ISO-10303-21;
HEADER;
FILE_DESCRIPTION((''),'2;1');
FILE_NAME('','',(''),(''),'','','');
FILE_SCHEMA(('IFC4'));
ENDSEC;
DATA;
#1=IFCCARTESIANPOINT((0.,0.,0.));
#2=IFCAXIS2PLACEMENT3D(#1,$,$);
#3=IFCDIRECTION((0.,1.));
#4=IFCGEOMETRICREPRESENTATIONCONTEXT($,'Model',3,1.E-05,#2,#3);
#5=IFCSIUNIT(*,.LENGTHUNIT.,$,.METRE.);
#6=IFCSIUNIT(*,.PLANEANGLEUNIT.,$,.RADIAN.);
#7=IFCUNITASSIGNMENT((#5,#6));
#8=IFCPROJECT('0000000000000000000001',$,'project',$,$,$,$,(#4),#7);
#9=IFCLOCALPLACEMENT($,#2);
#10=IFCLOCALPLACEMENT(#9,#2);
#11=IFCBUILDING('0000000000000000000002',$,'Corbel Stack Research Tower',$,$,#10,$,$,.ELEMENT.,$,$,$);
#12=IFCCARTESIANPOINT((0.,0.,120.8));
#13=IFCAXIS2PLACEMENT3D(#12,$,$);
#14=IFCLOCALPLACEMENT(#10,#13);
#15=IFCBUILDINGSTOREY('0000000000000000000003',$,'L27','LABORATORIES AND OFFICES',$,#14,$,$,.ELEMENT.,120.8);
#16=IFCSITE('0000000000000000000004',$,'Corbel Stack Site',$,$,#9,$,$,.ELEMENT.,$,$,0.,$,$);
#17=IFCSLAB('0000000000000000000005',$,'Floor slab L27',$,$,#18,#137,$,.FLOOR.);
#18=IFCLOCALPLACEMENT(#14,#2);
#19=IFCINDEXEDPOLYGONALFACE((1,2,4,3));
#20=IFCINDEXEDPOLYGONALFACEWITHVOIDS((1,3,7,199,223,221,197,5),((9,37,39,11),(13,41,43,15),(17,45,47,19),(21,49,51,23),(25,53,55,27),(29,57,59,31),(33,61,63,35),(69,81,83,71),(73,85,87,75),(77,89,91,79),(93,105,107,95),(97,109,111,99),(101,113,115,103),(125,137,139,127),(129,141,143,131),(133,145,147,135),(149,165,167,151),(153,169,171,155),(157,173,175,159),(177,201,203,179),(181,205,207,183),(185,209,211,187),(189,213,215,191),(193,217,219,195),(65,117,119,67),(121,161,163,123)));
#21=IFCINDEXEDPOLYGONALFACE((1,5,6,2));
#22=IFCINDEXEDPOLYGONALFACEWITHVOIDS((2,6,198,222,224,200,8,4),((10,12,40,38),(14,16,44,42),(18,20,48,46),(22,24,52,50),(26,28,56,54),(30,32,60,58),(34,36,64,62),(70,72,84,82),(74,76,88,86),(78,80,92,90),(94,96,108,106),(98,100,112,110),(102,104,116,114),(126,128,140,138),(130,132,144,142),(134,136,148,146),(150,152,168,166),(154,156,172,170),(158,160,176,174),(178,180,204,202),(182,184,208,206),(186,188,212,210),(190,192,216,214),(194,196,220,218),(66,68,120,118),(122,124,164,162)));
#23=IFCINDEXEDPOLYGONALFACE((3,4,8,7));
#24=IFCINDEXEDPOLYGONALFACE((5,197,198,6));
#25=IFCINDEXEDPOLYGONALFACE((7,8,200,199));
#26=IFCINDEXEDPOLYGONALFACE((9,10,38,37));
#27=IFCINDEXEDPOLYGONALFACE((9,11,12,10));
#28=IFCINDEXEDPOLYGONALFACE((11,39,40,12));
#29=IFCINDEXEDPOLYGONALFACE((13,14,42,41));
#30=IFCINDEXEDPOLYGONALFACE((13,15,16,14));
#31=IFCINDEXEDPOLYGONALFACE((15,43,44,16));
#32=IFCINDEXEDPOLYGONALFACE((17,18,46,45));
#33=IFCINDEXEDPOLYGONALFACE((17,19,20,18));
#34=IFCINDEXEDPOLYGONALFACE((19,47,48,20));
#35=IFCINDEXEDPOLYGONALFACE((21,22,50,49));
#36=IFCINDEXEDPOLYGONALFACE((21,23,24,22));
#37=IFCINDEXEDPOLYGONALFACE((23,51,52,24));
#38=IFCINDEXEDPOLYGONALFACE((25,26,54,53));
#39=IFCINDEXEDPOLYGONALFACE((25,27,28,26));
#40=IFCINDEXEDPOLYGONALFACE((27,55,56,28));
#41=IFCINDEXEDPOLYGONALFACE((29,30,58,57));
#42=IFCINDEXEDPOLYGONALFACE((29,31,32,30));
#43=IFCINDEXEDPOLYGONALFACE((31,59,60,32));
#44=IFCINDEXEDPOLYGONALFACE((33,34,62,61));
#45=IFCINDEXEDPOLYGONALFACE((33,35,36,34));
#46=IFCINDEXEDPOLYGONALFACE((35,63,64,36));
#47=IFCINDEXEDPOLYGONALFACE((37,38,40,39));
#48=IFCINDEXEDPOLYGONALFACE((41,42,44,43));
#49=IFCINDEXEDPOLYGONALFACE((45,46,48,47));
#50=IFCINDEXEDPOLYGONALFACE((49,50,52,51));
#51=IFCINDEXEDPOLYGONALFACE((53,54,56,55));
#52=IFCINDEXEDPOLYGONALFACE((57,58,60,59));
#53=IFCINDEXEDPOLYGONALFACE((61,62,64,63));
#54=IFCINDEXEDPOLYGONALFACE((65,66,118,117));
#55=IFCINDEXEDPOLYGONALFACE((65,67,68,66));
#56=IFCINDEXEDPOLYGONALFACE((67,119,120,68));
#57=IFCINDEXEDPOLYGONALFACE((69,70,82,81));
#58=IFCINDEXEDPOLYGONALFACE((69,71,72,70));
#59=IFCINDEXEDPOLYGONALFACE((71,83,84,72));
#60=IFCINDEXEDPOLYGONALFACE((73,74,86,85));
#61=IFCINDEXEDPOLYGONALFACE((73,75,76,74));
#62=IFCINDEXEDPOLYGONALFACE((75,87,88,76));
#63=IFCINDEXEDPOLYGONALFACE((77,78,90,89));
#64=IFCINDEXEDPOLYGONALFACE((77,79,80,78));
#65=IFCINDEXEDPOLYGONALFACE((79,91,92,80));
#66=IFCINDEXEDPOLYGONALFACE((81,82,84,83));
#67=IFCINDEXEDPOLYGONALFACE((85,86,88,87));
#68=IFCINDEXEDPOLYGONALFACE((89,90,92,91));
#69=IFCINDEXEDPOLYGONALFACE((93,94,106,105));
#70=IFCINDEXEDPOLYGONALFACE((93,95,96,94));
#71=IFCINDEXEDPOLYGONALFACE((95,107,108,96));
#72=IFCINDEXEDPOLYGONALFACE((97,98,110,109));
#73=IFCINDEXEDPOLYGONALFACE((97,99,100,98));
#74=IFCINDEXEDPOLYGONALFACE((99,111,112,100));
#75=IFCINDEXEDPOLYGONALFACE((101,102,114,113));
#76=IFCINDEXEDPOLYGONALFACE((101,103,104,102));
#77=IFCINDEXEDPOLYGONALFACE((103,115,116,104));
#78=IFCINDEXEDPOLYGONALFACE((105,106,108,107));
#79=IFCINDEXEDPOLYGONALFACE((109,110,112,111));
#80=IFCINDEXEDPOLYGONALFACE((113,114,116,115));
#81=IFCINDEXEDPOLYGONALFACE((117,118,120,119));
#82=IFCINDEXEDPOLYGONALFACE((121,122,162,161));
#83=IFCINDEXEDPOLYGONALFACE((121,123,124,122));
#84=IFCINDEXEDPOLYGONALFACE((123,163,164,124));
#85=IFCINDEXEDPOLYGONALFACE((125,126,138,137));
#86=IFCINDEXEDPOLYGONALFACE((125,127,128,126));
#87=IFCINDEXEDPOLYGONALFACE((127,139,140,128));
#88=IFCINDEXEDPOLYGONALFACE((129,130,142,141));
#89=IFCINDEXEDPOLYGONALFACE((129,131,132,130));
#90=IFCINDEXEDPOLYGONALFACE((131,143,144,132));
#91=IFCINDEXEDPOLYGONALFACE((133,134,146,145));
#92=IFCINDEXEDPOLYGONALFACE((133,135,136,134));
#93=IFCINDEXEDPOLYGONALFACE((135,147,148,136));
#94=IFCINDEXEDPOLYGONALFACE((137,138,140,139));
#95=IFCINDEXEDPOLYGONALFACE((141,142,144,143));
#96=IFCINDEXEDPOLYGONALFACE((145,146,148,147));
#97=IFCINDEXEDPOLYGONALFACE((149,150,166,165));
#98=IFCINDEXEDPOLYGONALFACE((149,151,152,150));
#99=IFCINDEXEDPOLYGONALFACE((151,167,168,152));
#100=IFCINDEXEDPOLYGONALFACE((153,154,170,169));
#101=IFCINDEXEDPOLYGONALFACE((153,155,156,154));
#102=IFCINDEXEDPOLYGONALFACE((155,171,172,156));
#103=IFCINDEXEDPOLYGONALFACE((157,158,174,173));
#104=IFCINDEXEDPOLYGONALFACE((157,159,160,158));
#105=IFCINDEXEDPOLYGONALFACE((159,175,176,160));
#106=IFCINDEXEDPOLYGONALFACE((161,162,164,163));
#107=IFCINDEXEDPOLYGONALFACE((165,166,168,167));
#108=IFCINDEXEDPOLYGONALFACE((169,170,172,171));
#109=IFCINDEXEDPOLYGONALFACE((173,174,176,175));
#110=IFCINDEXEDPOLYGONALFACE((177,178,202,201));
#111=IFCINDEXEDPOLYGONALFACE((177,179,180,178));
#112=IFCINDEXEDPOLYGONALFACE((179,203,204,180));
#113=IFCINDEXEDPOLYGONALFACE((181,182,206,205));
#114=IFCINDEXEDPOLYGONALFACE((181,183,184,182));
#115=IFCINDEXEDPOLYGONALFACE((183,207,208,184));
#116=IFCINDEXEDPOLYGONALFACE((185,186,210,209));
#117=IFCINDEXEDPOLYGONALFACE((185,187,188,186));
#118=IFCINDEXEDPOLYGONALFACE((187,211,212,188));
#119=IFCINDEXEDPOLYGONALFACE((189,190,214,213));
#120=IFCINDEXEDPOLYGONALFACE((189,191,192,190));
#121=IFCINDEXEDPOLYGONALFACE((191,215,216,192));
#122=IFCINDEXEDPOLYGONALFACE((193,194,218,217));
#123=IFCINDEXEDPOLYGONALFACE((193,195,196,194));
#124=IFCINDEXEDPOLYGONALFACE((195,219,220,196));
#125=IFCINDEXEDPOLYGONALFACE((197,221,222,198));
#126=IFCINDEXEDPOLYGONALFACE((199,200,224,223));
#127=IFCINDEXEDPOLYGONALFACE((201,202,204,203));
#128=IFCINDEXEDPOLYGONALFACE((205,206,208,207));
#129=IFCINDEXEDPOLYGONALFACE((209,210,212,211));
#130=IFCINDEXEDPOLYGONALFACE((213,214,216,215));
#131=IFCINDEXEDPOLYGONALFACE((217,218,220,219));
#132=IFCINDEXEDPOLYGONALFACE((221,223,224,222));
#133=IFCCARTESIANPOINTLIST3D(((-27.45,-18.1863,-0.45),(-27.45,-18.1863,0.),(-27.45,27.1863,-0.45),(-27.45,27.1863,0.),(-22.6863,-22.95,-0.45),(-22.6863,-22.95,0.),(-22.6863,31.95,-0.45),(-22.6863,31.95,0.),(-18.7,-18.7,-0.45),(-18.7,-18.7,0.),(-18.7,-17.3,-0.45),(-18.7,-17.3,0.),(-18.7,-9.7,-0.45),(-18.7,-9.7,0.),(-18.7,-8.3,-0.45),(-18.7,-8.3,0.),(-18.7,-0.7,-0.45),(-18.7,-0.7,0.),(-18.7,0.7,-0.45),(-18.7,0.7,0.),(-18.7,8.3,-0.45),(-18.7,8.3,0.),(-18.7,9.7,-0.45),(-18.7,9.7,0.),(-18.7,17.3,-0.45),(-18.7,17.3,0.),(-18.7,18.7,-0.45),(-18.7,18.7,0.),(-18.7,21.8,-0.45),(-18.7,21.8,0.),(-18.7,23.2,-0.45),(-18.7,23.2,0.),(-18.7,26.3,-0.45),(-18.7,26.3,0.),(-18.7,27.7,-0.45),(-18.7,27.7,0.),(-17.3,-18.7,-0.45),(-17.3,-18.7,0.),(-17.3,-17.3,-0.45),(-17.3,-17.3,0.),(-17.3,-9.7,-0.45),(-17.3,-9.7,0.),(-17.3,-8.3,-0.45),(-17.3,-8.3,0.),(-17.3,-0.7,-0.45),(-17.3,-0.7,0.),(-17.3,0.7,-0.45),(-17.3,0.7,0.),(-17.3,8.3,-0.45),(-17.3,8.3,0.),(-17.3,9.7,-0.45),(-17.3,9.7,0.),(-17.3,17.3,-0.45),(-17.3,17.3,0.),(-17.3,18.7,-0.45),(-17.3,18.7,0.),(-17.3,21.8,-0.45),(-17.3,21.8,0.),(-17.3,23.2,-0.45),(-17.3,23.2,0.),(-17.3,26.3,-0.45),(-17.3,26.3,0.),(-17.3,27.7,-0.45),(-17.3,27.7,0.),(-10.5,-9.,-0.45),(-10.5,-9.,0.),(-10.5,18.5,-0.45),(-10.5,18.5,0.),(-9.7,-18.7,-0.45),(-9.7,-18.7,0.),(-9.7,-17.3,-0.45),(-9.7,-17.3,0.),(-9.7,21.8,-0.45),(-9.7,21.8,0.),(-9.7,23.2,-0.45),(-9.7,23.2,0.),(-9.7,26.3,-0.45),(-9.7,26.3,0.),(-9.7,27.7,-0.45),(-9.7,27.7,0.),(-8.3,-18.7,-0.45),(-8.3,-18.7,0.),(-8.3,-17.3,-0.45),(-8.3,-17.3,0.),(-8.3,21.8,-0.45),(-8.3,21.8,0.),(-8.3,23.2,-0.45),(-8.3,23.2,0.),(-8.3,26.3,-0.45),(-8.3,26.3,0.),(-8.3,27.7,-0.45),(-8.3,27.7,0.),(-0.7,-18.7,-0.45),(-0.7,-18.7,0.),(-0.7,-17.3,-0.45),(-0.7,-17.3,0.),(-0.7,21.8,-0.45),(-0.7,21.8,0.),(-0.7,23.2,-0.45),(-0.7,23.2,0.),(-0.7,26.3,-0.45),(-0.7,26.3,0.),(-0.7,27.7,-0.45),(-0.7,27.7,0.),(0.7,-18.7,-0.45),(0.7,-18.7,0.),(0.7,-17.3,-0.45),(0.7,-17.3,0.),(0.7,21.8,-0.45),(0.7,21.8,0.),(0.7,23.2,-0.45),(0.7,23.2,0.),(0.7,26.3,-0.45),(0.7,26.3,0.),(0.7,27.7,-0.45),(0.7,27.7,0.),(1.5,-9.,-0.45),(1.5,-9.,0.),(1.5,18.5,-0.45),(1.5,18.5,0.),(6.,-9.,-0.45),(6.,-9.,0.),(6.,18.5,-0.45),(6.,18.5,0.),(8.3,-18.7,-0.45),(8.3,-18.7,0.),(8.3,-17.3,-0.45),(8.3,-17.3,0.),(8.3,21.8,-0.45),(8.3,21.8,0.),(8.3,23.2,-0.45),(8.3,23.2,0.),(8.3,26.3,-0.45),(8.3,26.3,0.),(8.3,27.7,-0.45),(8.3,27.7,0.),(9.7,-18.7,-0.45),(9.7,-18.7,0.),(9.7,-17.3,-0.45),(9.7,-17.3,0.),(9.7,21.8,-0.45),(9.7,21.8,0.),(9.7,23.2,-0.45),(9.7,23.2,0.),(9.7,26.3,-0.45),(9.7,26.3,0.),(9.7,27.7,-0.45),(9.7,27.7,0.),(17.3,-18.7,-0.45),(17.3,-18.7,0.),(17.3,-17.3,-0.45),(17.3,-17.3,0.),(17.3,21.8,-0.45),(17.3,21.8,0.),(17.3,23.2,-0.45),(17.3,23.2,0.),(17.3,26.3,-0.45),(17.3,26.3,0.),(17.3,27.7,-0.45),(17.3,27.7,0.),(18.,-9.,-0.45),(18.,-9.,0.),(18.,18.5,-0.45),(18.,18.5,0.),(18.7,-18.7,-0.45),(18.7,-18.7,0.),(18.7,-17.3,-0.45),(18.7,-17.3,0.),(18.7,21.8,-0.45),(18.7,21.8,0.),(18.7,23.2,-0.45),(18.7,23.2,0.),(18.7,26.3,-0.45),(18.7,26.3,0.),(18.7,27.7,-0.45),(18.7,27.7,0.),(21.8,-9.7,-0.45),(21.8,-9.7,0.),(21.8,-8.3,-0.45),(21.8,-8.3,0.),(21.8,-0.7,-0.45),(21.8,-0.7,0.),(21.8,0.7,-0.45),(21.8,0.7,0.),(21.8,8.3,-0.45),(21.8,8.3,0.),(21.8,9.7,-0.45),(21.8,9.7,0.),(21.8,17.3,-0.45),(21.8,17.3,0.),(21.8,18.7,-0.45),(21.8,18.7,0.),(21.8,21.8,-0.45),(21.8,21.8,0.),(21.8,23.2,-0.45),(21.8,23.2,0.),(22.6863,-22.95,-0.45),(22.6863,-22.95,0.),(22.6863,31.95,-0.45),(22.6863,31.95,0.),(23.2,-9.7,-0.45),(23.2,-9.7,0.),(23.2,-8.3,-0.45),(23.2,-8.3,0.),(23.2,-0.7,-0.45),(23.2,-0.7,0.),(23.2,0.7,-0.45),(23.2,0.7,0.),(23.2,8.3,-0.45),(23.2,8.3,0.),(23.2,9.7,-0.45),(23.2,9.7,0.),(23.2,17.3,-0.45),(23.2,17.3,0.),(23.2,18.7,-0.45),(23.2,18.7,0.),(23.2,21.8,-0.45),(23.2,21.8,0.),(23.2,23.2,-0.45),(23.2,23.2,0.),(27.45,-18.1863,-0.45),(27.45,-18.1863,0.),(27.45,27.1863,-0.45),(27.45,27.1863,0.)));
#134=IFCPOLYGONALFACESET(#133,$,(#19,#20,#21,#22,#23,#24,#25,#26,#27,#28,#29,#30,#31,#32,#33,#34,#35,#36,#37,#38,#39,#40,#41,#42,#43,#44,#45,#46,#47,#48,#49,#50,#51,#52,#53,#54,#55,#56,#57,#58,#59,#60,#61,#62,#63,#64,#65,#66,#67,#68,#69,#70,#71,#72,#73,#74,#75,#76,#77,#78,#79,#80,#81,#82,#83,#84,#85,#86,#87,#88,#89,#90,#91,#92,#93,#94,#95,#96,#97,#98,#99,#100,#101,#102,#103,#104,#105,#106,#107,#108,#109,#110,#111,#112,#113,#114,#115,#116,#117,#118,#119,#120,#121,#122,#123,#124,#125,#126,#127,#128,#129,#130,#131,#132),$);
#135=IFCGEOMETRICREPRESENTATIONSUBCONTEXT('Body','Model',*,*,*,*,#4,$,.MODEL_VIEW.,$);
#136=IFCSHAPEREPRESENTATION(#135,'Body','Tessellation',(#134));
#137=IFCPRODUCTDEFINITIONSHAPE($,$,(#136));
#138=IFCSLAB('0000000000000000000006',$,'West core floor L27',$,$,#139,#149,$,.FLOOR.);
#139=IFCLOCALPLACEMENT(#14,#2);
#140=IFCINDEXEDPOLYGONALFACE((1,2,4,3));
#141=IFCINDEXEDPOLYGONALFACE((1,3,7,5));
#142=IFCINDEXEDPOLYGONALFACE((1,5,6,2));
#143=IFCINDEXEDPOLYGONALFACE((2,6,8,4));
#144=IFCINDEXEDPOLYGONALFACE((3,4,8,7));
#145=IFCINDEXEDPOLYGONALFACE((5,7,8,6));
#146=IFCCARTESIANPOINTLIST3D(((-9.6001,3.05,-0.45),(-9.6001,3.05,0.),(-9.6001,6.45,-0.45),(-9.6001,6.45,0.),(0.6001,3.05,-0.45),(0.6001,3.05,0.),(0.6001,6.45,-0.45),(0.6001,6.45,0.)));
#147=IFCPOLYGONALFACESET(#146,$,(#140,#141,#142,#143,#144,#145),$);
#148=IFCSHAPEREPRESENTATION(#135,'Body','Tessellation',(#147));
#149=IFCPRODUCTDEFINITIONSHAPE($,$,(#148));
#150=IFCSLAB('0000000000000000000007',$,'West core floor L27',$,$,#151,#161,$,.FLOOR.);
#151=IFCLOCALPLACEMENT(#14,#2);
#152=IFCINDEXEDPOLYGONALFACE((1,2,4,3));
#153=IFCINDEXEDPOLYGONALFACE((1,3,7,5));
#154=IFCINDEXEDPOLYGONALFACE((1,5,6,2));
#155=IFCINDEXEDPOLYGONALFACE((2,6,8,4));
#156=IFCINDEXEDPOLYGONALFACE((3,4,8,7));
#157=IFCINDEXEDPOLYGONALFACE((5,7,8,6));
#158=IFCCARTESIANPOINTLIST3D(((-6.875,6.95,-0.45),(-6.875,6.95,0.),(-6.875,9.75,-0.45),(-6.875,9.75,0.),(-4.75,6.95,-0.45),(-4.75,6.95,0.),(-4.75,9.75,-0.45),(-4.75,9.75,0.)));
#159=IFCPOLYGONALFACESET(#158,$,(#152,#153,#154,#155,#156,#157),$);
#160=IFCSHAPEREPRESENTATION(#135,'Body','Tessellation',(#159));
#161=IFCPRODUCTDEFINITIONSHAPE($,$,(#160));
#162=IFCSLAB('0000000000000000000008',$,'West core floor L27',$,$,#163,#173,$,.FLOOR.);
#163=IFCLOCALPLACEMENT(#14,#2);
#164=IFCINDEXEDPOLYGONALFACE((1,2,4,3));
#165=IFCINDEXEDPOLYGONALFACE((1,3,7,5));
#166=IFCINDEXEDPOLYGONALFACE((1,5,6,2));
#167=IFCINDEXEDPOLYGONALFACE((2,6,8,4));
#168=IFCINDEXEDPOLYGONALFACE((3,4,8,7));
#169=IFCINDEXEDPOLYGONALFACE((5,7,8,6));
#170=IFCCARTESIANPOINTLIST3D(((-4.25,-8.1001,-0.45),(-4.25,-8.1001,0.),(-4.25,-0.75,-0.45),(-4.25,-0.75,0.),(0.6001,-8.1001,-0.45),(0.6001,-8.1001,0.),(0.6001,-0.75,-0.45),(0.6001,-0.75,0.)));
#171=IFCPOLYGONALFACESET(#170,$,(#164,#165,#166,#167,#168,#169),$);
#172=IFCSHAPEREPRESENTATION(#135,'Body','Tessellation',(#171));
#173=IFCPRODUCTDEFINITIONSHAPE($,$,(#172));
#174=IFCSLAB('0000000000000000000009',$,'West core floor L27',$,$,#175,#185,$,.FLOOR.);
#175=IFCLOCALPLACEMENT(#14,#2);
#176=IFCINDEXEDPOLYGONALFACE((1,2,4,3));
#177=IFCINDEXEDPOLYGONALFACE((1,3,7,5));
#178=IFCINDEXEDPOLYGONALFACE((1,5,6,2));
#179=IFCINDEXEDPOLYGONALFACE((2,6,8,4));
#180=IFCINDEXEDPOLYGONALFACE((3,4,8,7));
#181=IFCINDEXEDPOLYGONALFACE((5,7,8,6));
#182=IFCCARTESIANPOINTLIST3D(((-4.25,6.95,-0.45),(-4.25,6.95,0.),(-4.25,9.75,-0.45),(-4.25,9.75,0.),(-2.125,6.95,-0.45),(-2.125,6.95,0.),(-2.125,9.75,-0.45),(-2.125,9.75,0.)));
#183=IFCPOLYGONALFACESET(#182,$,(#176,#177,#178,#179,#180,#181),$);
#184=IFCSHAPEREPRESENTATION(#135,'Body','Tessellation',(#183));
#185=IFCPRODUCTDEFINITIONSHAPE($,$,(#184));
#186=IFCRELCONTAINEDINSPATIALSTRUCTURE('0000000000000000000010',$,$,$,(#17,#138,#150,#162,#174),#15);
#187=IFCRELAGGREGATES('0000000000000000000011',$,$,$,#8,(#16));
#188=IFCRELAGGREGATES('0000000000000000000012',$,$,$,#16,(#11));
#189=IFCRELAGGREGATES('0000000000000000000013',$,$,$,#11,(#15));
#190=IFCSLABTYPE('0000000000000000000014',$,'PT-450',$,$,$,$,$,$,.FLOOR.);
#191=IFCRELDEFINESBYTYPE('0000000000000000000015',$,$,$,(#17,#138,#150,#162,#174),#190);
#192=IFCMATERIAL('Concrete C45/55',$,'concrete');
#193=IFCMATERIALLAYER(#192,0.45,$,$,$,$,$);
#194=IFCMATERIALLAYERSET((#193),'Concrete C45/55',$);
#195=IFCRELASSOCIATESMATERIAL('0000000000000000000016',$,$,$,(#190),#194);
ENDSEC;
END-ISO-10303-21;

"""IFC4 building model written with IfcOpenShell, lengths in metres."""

from ifc_helpers import new_model, si_unit, direction, frame, origin, place, context, subcontext, project, spatial, polyline, outline, extrude, material, layer, layer_set, type_object, element, save


model = new_model("IFC4")

# Units and contexts
model_context = context("Model", 3, precision=1e-05, world=origin(), true_north=direction((0.0, 1.0)))
body_context = subcontext(model_context, "Body", "Model", "MODEL_VIEW")
ifc_project = project(units=[si_unit("LENGTHUNIT", "METRE"), si_unit("PLANEANGLEUNIT", "RADIAN")], contexts=[model_context])

# Site, building, storey
site_placement = place(None, origin())
site = spatial("IfcSite", under=ifc_project, at=site_placement, Name="Corbel Stack Site", CompositionType="ELEMENT", RefElevation=0.0)
building_placement = place(site_placement, origin())
building = spatial("IfcBuilding", under=site, at=building_placement, Name="Corbel Stack Research Tower", CompositionType="ELEMENT")
storey_placement = place(building_placement, frame((0.0, 0.0, 120.8)))
storey = spatial("IfcBuildingStorey", under=building, at=storey_placement, Name="L27", Description="LABORATORIES AND OFFICES", CompositionType="ELEMENT", Elevation=120.8)

# Slabs
ifc_material_1 = material(Name="Concrete C45/55", Category="concrete")
ifc_layer_1 = layer(ifc_material_1, 0.45)
ifc_layer_set_1 = layer_set([ifc_layer_1], Name="Concrete C45/55")
slab_type = type_object("IfcSlabType", Name="PT-450", PredefinedType="FLOOR", material=ifc_layer_set_1)
slab_1_placement = place(storey_placement, frame((0.0, 0.0, -0.45)))
element("IfcSlab", 1, at=slab_1_placement, inside=storey, type_object=slab_type, Name="Floor slab L27", PredefinedType="FLOOR", context=body_context, shape_type="SweptSolid", body=[
    extrude(outline(polyline([(-22.6863, -22.95), (22.6863, -22.95), (27.45, -18.1863), (27.45, 27.1863), (22.6863, 31.95), (-22.6863, 31.95), (-27.45, 27.1863), (-27.45, -18.1863), (-22.6863, -22.95)]), holes=[polyline([(21.8, 21.8), (21.8, 23.2), (23.2, 23.2), (23.2, 21.8), (21.8, 21.8)]), polyline([(23.2, 17.3), (21.8, 17.3), (21.8, 18.7), (23.2, 18.7), (23.2, 17.3)]), polyline([(21.8, 8.3), (21.8, 9.7), (23.2, 9.7), (23.2, 8.3), (21.8, 8.3)]), polyline([(23.2, -0.7), (21.8, -0.7), (21.8, 0.7), (23.2, 0.7), (23.2, -0.7)]), polyline([(21.8, -9.7), (21.8, -8.3), (23.2, -8.3), (23.2, -9.7), (21.8, -9.7)]), polyline([(17.3, 26.3), (17.3, 27.7), (18.7, 27.7), (18.7, 26.3), (17.3, 26.3)]), polyline([(17.3, 21.8), (17.3, 23.2), (18.7, 23.2), (18.7, 21.8), (17.3, 21.8)]), polyline([(17.3, -18.7), (17.3, -17.3), (18.7, -17.3), (18.7, -18.7), (17.3, -18.7)]), polyline([(6.0, -9.0), (6.0, 18.5), (18.0, 18.5), (18.0, -9.0), (6.0, -9.0)]), polyline([(8.3, 26.3), (8.3, 27.7), (9.7, 27.7), (9.7, 26.3), (8.3, 26.3)]), polyline([(8.3, 21.8), (8.3, 23.2), (9.7, 23.2), (9.7, 21.8), (8.3, 21.8)]), polyline([(9.7, -18.7), (8.3, -18.7), (8.3, -17.3), (9.7, -17.3), (9.7, -18.7)]), polyline([(-10.5, -9.0), (-10.5, 18.5), (1.5, 18.5), (1.5, -9.0), (-10.5, -9.0)]), polyline([(-0.7, 26.3), (-0.7, 27.7), (0.7, 27.7), (0.7, 26.3), (-0.7, 26.3)]), polyline([(-0.7, 21.8), (-0.7, 23.2), (0.7, 23.2), (0.7, 21.8), (-0.7, 21.8)]), polyline([(-0.7, -18.7), (-0.7, -17.3), (0.7, -17.3), (0.7, -18.7), (-0.7, -18.7)]), polyline([(-9.7, 26.3), (-9.7, 27.7), (-8.3, 27.7), (-8.3, 26.3), (-9.7, 26.3)]), polyline([(-9.7, 21.8), (-9.7, 23.2), (-8.3, 23.2), (-8.3, 21.8), (-9.7, 21.8)]), polyline([(-9.7, -18.7), (-9.7, -17.3), (-8.3, -17.3), (-8.3, -18.7), (-9.7, -18.7)]), polyline([(-18.7, 26.3), (-18.7, 27.7), (-17.3, 27.7), (-17.3, 26.3), (-18.7, 26.3)]), polyline([(-18.7, 21.8), (-18.7, 23.2), (-17.3, 23.2), (-17.3, 21.8), (-18.7, 21.8)]), polyline([(-18.7, 17.3), (-18.7, 18.7), (-17.3, 18.7), (-17.3, 17.3), (-18.7, 17.3)]), polyline([(-17.3, 8.3), (-18.7, 8.3), (-18.7, 9.7), (-17.3, 9.7), (-17.3, 8.3)]), polyline([(-18.7, -0.7), (-18.7, 0.7), (-17.3, 0.7), (-17.3, -0.7), (-18.7, -0.7)]), polyline([(-17.3, -9.7), (-18.7, -9.7), (-18.7, -8.3), (-17.3, -8.3), (-17.3, -9.7)]), polyline([(-17.3, -18.7), (-18.7, -18.7), (-18.7, -17.3), (-17.3, -17.3), (-17.3, -18.7)])]), origin(), (0.0, 0.0, 1.0), 0.45),
])
slab_2_placement = place(storey_placement, frame((0.0, 0.0, -0.45)))
element("IfcSlab", 2, at=slab_2_placement, inside=storey, type_object=slab_type, Name="West core floor L27", PredefinedType="FLOOR", context=body_context, shape_type="SweptSolid", body=[
    extrude(outline(polyline([(0.6001, 6.45), (-9.6001, 6.45), (-9.6001, 3.05), (0.6001, 3.05), (0.6001, 6.45)])), origin(), (0.0, 0.0, 1.0), 0.45),
])
slab_3_placement = place(storey_placement, frame((0.0, 0.0, -0.45)))
element("IfcSlab", 3, at=slab_3_placement, inside=storey, type_object=slab_type, Name="West core floor L27", PredefinedType="FLOOR", context=body_context, shape_type="SweptSolid", body=[
    extrude(outline(polyline([(-6.875, 6.95), (-4.75, 6.95), (-4.75, 9.75), (-6.875, 9.75), (-6.875, 6.95)])), origin(), (0.0, 0.0, 1.0), 0.45),
])
slab_4_placement = place(storey_placement, frame((0.0, 0.0, -0.45)))
element("IfcSlab", 4, at=slab_4_placement, inside=storey, type_object=slab_type, Name="West core floor L27", PredefinedType="FLOOR", context=body_context, shape_type="SweptSolid", body=[
    extrude(outline(polyline([(0.6001, -8.1001), (0.6001, -0.75), (-4.25, -0.75), (-4.25, -8.1001), (0.6001, -8.1001)])), origin(), (0.0, 0.0, 1.0), 0.45),
])
slab_5_placement = place(storey_placement, frame((0.0, 0.0, -0.45)))
element("IfcSlab", 5, at=slab_5_placement, inside=storey, type_object=slab_type, Name="West core floor L27", PredefinedType="FLOOR", context=body_context, shape_type="SweptSolid", body=[
    extrude(outline(polyline([(-2.125, 6.95), (-2.125, 9.75), (-4.25, 9.75), (-4.25, 6.95), (-2.125, 6.95)])), origin(), (0.0, 0.0, 1.0), 0.45),
])

save(model, "model.ifc")
